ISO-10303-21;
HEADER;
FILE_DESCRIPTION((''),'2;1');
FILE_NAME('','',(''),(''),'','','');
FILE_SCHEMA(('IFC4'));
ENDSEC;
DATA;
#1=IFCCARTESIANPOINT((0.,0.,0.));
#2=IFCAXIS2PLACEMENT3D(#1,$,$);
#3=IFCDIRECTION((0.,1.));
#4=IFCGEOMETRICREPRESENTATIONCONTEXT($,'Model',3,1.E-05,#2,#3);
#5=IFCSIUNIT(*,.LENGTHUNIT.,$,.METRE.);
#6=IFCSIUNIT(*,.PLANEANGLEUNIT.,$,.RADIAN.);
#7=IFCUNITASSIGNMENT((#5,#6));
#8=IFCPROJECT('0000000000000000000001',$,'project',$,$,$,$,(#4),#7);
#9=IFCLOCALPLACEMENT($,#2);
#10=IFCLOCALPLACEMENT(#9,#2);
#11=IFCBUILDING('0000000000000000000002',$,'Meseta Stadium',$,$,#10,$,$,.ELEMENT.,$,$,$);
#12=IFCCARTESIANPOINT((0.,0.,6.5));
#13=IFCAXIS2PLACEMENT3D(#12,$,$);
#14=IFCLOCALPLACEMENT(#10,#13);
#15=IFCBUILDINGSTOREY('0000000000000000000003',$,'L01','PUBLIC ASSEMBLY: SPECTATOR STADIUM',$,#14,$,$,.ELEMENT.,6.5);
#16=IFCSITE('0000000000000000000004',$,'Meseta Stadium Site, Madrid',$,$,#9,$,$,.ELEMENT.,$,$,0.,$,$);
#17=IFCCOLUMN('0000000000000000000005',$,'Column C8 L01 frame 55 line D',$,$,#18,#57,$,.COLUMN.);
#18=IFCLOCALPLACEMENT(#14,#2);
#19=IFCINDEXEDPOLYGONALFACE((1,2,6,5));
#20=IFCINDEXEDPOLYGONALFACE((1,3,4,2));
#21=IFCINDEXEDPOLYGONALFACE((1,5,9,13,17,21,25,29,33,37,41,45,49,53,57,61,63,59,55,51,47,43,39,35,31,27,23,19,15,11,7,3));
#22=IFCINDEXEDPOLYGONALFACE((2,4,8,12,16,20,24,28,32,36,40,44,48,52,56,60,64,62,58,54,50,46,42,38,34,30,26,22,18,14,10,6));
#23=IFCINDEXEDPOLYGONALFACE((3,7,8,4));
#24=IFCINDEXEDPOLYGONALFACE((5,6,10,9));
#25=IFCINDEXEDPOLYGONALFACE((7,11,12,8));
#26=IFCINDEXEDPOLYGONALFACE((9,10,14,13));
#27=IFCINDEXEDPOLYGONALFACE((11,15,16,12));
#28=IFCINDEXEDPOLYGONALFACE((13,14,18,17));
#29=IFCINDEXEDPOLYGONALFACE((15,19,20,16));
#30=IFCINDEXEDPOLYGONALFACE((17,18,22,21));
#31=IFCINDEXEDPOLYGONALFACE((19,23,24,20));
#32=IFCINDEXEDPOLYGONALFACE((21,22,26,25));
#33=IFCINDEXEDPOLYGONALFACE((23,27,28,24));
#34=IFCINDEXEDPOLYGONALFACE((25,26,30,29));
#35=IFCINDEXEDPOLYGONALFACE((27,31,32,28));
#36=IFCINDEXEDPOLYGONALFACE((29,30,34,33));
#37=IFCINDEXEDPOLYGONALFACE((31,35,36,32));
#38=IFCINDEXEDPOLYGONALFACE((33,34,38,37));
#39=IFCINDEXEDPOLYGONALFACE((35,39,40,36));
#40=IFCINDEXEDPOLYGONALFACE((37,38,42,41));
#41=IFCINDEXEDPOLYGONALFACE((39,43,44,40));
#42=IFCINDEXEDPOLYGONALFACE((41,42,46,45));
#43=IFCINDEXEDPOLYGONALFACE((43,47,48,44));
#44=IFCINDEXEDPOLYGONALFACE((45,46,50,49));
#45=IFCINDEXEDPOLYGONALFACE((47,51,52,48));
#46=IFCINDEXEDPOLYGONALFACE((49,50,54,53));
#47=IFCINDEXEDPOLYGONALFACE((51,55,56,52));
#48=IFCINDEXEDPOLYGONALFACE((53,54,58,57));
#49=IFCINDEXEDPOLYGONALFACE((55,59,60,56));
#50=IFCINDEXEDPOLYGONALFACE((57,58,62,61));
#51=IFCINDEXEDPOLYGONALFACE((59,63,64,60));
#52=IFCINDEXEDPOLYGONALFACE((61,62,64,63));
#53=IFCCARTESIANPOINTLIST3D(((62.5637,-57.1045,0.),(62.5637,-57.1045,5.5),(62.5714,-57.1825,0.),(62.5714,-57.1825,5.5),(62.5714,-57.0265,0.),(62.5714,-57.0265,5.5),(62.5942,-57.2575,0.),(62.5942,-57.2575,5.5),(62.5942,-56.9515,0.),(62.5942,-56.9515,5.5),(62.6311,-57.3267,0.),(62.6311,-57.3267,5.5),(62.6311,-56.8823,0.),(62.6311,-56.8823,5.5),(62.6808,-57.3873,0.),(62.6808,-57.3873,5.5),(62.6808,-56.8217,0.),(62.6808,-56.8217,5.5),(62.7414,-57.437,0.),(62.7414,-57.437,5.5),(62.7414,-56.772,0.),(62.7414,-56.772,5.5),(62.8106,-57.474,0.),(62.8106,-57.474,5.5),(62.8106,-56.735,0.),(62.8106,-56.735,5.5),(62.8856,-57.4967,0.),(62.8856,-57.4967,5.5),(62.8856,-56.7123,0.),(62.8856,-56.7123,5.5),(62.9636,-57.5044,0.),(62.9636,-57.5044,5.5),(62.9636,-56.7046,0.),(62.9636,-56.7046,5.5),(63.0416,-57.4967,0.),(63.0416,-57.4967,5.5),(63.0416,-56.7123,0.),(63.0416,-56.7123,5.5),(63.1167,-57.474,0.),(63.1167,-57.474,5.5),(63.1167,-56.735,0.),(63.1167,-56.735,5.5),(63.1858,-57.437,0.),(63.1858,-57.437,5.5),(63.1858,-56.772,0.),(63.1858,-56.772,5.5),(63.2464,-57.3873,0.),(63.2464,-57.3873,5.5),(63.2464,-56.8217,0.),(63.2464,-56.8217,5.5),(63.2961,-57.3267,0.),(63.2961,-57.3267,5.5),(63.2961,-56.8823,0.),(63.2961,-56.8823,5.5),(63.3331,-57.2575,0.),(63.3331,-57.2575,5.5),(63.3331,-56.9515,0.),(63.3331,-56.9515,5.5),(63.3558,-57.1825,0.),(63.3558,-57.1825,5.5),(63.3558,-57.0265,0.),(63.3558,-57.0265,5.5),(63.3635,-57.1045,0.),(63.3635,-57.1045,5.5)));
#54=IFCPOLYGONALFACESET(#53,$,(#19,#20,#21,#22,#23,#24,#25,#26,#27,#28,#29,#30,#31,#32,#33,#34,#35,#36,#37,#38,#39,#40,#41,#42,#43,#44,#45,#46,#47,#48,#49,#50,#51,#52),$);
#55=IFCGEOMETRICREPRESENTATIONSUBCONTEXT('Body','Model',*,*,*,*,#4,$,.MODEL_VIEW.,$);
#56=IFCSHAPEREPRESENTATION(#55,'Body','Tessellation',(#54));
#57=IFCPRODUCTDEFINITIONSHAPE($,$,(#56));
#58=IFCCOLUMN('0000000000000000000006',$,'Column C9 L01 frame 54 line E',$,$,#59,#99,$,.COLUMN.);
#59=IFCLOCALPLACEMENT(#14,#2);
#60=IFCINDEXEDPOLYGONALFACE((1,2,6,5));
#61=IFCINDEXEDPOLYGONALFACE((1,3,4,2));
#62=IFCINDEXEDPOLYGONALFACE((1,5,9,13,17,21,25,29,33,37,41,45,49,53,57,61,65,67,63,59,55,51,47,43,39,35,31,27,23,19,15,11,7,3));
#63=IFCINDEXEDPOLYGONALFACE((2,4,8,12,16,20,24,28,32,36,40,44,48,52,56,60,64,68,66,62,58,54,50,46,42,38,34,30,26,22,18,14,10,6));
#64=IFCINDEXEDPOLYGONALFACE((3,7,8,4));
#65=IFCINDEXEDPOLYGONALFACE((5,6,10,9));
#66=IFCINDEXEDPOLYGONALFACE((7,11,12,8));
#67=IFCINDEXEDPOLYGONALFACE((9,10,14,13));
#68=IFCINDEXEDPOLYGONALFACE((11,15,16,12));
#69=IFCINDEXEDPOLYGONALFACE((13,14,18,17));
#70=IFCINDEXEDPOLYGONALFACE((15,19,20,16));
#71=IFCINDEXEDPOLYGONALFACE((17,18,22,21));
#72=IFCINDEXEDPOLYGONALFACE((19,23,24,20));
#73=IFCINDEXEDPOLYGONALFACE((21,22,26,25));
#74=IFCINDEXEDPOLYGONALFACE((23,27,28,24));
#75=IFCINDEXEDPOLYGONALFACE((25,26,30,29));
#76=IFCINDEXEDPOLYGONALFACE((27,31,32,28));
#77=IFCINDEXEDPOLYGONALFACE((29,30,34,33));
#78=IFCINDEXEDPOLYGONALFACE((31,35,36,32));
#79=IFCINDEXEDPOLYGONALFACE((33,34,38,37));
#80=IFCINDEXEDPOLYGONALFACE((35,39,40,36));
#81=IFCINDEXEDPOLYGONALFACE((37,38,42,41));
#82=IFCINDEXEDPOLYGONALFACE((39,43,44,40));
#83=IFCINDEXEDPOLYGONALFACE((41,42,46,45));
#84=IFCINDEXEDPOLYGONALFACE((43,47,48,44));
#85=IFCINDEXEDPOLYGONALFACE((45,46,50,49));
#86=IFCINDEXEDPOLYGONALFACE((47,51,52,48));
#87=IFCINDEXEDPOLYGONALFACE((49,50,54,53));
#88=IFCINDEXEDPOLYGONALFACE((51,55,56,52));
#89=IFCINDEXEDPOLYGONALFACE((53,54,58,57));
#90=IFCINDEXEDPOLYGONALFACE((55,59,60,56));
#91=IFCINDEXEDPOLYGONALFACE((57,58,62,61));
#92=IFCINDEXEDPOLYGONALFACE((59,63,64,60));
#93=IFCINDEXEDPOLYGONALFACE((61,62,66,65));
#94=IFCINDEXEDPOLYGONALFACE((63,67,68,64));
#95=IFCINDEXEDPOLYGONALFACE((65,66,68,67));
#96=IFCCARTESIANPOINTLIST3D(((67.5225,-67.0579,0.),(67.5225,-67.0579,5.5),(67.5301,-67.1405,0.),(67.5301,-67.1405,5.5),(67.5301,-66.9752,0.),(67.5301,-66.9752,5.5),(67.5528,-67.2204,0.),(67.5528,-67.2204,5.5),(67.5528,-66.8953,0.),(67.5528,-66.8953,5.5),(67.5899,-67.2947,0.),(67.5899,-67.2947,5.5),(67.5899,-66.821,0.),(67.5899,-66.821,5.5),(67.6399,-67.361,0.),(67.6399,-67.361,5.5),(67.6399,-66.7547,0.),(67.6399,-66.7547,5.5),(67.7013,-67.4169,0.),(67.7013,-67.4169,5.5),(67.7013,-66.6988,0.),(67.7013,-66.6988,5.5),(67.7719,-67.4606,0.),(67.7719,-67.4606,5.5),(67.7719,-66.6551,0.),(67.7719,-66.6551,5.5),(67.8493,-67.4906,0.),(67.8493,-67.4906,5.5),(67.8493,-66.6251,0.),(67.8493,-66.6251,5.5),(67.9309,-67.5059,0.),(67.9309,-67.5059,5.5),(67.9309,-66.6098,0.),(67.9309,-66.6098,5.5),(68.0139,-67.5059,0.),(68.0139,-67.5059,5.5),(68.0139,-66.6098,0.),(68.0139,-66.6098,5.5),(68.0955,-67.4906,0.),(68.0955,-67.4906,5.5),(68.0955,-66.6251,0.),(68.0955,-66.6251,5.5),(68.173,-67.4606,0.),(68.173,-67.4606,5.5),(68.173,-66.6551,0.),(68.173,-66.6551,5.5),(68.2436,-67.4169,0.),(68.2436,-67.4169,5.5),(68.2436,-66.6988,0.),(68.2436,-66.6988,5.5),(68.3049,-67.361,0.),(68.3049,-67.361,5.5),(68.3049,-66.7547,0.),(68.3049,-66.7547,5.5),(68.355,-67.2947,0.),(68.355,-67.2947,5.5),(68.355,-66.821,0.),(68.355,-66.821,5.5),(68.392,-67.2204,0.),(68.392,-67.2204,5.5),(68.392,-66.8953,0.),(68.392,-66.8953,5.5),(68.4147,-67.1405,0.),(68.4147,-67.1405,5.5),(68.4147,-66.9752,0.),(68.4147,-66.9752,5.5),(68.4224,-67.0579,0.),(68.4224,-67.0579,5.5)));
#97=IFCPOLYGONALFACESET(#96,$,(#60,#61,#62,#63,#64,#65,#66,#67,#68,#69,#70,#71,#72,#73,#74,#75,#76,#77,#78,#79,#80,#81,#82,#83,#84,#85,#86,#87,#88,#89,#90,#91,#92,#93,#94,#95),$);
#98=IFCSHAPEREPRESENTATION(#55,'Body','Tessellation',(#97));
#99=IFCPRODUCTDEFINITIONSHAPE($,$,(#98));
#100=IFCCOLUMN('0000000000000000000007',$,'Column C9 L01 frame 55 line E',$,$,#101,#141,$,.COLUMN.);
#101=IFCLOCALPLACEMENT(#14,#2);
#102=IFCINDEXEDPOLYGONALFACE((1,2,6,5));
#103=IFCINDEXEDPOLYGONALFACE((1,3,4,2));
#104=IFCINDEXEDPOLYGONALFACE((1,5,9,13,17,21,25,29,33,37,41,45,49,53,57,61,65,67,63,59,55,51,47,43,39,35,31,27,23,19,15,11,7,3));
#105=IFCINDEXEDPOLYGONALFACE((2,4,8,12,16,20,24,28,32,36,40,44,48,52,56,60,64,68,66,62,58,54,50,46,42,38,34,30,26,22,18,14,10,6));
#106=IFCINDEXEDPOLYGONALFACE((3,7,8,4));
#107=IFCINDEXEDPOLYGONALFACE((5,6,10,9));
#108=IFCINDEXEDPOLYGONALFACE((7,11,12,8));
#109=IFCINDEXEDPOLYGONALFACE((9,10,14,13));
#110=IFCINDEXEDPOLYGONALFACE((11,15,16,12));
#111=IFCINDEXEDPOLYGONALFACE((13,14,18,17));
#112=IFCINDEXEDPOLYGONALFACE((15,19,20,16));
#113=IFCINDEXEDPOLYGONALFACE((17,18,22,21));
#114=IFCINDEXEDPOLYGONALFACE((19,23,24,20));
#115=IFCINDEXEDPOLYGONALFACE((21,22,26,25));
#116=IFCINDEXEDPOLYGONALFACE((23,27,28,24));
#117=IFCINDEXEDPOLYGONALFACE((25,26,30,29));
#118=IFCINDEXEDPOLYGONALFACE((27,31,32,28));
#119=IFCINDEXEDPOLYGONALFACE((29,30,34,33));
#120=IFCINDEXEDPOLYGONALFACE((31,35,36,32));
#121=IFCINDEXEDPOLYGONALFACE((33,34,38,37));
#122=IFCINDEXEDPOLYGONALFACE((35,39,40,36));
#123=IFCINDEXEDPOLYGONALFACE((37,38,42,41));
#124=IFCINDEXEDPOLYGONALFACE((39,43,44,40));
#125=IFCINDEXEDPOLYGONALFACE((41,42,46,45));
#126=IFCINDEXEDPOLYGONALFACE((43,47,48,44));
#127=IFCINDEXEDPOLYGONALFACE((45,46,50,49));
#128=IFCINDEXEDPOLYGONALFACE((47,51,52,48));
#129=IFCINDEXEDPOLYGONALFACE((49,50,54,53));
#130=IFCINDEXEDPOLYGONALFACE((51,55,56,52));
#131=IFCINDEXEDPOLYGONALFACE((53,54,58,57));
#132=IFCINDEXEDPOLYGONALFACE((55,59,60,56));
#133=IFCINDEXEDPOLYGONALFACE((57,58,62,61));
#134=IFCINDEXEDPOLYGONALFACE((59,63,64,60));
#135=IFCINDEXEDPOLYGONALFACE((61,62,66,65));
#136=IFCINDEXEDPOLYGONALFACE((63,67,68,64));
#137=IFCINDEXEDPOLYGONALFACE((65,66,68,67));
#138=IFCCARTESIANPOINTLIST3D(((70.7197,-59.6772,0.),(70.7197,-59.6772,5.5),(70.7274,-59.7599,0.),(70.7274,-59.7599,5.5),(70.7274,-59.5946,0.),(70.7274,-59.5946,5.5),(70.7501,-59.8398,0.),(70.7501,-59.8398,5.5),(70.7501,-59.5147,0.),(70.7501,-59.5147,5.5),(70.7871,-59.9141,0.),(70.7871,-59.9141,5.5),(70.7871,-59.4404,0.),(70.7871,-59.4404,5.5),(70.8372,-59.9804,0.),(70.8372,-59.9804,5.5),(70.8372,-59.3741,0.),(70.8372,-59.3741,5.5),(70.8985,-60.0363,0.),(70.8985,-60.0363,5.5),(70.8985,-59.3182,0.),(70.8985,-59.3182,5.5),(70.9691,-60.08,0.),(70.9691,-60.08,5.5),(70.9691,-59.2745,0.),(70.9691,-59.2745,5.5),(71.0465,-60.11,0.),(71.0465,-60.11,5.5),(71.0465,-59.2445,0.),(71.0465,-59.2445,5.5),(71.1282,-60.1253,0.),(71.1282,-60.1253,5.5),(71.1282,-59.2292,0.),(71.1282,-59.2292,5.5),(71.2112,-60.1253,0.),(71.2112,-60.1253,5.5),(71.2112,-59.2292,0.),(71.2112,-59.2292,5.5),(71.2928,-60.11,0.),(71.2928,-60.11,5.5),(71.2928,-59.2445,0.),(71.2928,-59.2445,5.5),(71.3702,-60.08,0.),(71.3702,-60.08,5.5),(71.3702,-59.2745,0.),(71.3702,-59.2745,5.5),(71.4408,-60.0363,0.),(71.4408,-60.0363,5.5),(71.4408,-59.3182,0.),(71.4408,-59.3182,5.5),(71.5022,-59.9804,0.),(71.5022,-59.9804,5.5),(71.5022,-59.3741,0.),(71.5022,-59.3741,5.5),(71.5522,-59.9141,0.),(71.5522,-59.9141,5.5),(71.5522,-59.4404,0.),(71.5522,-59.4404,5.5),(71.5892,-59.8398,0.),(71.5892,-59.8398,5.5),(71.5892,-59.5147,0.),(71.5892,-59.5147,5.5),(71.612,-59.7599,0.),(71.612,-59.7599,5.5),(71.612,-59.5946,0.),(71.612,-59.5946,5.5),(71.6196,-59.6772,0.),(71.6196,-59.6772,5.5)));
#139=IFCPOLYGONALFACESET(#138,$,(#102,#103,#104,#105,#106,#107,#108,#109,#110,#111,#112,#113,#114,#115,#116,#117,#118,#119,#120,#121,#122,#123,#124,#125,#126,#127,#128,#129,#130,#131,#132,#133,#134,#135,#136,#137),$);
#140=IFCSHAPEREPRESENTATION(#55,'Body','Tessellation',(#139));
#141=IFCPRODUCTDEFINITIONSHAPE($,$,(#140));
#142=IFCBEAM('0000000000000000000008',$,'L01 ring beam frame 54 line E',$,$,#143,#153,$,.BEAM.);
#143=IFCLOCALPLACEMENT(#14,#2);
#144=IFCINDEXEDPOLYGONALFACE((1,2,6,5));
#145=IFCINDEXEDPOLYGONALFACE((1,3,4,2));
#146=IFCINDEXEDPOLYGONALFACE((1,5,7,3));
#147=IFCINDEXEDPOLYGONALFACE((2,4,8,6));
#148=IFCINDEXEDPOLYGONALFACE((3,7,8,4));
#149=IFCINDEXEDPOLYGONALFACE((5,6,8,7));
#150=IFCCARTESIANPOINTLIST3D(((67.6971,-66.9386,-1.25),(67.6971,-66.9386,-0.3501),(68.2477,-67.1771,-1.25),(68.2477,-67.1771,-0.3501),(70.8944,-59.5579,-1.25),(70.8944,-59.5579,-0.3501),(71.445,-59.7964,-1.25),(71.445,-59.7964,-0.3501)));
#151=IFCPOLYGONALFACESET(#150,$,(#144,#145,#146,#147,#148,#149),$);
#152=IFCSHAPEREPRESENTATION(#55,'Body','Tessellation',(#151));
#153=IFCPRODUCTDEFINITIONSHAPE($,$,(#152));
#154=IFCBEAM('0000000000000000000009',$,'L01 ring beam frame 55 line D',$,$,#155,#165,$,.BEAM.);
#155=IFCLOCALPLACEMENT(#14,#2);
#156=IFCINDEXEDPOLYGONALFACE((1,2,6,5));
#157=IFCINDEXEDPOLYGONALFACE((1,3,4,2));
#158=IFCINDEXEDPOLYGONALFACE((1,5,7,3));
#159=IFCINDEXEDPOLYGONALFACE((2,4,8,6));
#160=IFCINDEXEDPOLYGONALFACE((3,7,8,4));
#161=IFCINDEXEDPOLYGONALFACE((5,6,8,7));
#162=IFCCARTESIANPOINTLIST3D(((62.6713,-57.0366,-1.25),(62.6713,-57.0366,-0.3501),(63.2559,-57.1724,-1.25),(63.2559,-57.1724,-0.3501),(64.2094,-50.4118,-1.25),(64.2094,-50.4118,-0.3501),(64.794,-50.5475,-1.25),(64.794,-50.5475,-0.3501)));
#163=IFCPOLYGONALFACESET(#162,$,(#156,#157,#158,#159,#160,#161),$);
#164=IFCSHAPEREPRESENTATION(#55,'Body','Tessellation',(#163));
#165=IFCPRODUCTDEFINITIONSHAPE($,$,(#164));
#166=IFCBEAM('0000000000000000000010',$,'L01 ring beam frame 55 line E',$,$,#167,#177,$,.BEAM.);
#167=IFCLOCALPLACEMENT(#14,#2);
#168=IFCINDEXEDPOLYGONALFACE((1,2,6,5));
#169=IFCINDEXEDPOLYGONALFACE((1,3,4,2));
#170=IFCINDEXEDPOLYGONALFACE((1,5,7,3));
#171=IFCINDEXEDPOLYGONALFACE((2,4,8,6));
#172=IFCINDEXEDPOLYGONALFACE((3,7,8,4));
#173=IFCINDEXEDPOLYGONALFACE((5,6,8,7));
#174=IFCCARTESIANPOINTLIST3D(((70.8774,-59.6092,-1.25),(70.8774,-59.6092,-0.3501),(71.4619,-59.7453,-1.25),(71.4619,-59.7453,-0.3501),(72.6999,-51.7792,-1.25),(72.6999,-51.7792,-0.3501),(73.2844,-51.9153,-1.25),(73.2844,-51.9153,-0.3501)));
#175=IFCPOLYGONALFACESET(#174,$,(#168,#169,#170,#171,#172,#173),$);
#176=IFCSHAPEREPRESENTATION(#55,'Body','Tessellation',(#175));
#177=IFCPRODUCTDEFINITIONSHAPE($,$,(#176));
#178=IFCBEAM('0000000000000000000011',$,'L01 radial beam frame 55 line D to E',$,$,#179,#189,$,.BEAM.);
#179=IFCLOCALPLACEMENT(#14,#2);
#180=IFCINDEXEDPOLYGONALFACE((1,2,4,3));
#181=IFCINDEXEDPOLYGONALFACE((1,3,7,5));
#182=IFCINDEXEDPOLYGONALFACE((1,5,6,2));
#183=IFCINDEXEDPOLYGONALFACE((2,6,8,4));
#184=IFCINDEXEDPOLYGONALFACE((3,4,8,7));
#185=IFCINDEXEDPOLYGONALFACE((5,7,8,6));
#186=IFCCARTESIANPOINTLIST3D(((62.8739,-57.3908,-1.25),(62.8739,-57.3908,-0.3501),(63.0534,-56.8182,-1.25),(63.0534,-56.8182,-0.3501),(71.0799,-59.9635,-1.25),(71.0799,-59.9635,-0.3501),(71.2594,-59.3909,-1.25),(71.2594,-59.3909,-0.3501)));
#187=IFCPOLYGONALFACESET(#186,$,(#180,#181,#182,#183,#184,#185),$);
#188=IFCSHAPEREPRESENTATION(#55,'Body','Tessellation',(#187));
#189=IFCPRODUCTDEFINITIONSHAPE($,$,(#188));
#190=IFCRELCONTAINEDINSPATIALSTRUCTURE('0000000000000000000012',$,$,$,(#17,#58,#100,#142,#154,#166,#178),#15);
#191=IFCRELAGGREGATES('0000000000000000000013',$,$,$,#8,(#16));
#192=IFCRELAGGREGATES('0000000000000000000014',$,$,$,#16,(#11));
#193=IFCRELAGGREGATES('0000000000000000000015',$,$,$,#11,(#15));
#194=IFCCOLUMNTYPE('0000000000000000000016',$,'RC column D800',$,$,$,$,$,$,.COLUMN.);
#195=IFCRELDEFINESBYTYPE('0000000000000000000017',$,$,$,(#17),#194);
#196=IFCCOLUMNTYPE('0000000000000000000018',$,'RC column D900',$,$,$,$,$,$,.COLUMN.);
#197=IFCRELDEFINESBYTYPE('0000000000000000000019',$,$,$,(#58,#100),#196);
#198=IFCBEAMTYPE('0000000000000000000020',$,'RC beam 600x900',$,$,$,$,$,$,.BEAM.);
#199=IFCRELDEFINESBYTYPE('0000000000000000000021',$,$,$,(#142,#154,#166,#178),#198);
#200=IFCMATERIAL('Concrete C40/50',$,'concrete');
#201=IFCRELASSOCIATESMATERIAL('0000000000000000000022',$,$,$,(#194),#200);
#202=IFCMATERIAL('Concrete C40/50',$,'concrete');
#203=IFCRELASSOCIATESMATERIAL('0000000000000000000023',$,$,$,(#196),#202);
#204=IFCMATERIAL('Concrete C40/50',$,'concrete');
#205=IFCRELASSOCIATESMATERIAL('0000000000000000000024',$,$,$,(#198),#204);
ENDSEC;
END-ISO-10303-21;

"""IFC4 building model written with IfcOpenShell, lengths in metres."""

from ifc_helpers import new_model, si_unit, direction, frame, origin, origin_2d, place, context, subcontext, project, spatial, rectangle, circle, extrude, material, material_profile, profile_set, type_object, element, save


model = new_model("IFC4")

# Units and contexts
model_context = context("Model", 3, precision=1e-05, world=origin(), true_north=direction((0.0, 1.0)))
body_context = subcontext(model_context, "Body", "Model", "MODEL_VIEW")
ifc_project = project(units=[si_unit("LENGTHUNIT", "METRE"), si_unit("PLANEANGLEUNIT", "RADIAN")], contexts=[model_context])

# Site, building, storey
site_placement = place(None, origin())
site = spatial("IfcSite", under=ifc_project, at=site_placement, Name="Meseta Stadium Site, Madrid", CompositionType="ELEMENT", RefElevation=0.0)
building_placement = place(site_placement, origin())
building = spatial("IfcBuilding", under=site, at=building_placement, Name="Meseta Stadium", CompositionType="ELEMENT")
storey_placement = place(building_placement, frame((0.0, 0.0, 6.5)))
storey = spatial("IfcBuildingStorey", under=building, at=storey_placement, Name="L01", Description="PUBLIC ASSEMBLY: SPECTATOR STADIUM", CompositionType="ELEMENT", Elevation=6.5)

# Columns
ifc_material_1 = material(Name="Concrete C40/50", Category="concrete")
ifc_material_profile_1 = material_profile(ifc_material_1, circle(Radius=0.3999, at=origin_2d()), Name="RC D800")
ifc_profile_set_1 = profile_set([ifc_material_profile_1], Name="Concrete C40/50")
column_type_1 = type_object("IfcColumnType", Name="RC column D800", PredefinedType="COLUMN", material=ifc_profile_set_1)
column_placement = place(storey_placement, frame((62.9636, -57.1045, 0.0), z_axis=(0.0, 0.0, 1.0), x_axis=(1.0, 0.0, 0.0)))
element("IfcColumn", 1, at=column_placement, inside=storey, type_object=column_type_1, Name="Column C8 L01 frame 55 line D", PredefinedType="COLUMN", context=body_context, shape_type="SweptSolid", body=[
    extrude(circle(Radius=0.3999, at=origin_2d()), origin(), (0.0, 0.0, 1.0), 5.5),
])
ifc_material_2 = material(Name="Concrete C40/50", Category="concrete")
ifc_material_profile_2 = material_profile(ifc_material_2, circle(Radius=0.45, at=origin_2d()), Name="RC D900")
ifc_profile_set_2 = profile_set([ifc_material_profile_2], Name="Concrete C40/50")
column_type_2 = type_object("IfcColumnType", Name="RC column D900", PredefinedType="COLUMN", material=ifc_profile_set_2)
for number, where, z_axis, x_axis, name in (
    (2, (67.9724, -67.0579, 0.0), (0.0, 0.0, 1.0), (1.0, 0.0, 0.0), "Column C9 L01 frame 54 line E"),
    (3, (71.1697, -59.6772, 0.0), (0.0, 0.0, 1.0), (1.0, 0.0, 0.0), "Column C9 L01 frame 55 line E"),
):
    element("IfcColumn", number, at=place(storey_placement, frame(where, z_axis=z_axis, x_axis=x_axis)), inside=storey, type_object=column_type_2, Name=name, PredefinedType="COLUMN", context=body_context, shape_type="SweptSolid", body=[
        extrude(circle(Radius=0.45, at=origin_2d()), origin(), (0.0, 0.0, 1.0), 5.5),
    ])

# Beams
ifc_material_3 = material(Name="Concrete C40/50", Category="concrete")
ifc_material_profile_3 = material_profile(ifc_material_3, rectangle(XDim=0.6001, YDim=0.8999, at=origin_2d()), Name="RC 600x900")
ifc_profile_set_3 = profile_set([ifc_material_profile_3], Name="Concrete C40/50")
beam_type_1 = type_object("IfcBeamType", Name="RC beam 600x900", PredefinedType="BEAM", material=ifc_profile_set_3)
beam_1_placement = place(storey_placement, frame((67.9724, -67.0579, -0.8), z_axis=(0.397503, 0.917601, 0.0), x_axis=(-0.917601, 0.397503, 0.0)))
element("IfcBeam", 4, at=beam_1_placement, inside=storey, type_object=beam_type_1, Name="L01 ring beam frame 54 line E", PredefinedType="BEAM", context=body_context, shape_type="SweptSolid", body=[
    extrude(rectangle(XDim=0.6001, YDim=0.8999, at=origin_2d()), origin(), (0.0, 0.0, 1.0), 8.0435),
])
beam_2_placement = place(storey_placement, frame((62.9636, -57.1045, -0.8), z_axis=(0.226157, 0.974091, 0.0), x_axis=(-0.974091, 0.226157, 0.0)))
element("IfcBeam", 5, at=beam_2_placement, inside=storey, type_object=beam_type_1, Name="L01 ring beam frame 55 line D", PredefinedType="BEAM", context=body_context, shape_type="SweptSolid", body=[
    extrude(rectangle(XDim=0.6001, YDim=0.8999, at=origin_2d()), origin(), (0.0, 0.0, 1.0), 6.801),
])
beam_3_placement = place(storey_placement, frame((71.1697, -59.6772, -0.8), z_axis=(0.226698, 0.973965, 0.0), x_axis=(-0.973965, 0.226698, 0.0)))
element("IfcBeam", 6, at=beam_3_placement, inside=storey, type_object=beam_type_1, Name="L01 ring beam frame 55 line E", PredefinedType="BEAM", context=body_context, shape_type="SweptSolid", body=[
    extrude(rectangle(XDim=0.6001, YDim=0.8999, at=origin_2d()), origin(), (0.0, 0.0, 1.0), 8.0393),
])
beam_4_placement = place(storey_placement, frame((62.9636, -57.1045, -0.8), z_axis=(0.954203, -0.299161, 0.0), x_axis=(0.299161, 0.954203, 0.0)))
element("IfcBeam", 7, at=beam_4_placement, inside=storey, type_object=beam_type_1, Name="L01 radial beam frame 55 line D to E", PredefinedType="BEAM", context=body_context, shape_type="SweptSolid", body=[
    extrude(rectangle(XDim=0.6001, YDim=0.8999, at=origin_2d()), origin(), (0.0, 0.0, 1.0), 8.5999),
])

save(model, "model.ifc")
